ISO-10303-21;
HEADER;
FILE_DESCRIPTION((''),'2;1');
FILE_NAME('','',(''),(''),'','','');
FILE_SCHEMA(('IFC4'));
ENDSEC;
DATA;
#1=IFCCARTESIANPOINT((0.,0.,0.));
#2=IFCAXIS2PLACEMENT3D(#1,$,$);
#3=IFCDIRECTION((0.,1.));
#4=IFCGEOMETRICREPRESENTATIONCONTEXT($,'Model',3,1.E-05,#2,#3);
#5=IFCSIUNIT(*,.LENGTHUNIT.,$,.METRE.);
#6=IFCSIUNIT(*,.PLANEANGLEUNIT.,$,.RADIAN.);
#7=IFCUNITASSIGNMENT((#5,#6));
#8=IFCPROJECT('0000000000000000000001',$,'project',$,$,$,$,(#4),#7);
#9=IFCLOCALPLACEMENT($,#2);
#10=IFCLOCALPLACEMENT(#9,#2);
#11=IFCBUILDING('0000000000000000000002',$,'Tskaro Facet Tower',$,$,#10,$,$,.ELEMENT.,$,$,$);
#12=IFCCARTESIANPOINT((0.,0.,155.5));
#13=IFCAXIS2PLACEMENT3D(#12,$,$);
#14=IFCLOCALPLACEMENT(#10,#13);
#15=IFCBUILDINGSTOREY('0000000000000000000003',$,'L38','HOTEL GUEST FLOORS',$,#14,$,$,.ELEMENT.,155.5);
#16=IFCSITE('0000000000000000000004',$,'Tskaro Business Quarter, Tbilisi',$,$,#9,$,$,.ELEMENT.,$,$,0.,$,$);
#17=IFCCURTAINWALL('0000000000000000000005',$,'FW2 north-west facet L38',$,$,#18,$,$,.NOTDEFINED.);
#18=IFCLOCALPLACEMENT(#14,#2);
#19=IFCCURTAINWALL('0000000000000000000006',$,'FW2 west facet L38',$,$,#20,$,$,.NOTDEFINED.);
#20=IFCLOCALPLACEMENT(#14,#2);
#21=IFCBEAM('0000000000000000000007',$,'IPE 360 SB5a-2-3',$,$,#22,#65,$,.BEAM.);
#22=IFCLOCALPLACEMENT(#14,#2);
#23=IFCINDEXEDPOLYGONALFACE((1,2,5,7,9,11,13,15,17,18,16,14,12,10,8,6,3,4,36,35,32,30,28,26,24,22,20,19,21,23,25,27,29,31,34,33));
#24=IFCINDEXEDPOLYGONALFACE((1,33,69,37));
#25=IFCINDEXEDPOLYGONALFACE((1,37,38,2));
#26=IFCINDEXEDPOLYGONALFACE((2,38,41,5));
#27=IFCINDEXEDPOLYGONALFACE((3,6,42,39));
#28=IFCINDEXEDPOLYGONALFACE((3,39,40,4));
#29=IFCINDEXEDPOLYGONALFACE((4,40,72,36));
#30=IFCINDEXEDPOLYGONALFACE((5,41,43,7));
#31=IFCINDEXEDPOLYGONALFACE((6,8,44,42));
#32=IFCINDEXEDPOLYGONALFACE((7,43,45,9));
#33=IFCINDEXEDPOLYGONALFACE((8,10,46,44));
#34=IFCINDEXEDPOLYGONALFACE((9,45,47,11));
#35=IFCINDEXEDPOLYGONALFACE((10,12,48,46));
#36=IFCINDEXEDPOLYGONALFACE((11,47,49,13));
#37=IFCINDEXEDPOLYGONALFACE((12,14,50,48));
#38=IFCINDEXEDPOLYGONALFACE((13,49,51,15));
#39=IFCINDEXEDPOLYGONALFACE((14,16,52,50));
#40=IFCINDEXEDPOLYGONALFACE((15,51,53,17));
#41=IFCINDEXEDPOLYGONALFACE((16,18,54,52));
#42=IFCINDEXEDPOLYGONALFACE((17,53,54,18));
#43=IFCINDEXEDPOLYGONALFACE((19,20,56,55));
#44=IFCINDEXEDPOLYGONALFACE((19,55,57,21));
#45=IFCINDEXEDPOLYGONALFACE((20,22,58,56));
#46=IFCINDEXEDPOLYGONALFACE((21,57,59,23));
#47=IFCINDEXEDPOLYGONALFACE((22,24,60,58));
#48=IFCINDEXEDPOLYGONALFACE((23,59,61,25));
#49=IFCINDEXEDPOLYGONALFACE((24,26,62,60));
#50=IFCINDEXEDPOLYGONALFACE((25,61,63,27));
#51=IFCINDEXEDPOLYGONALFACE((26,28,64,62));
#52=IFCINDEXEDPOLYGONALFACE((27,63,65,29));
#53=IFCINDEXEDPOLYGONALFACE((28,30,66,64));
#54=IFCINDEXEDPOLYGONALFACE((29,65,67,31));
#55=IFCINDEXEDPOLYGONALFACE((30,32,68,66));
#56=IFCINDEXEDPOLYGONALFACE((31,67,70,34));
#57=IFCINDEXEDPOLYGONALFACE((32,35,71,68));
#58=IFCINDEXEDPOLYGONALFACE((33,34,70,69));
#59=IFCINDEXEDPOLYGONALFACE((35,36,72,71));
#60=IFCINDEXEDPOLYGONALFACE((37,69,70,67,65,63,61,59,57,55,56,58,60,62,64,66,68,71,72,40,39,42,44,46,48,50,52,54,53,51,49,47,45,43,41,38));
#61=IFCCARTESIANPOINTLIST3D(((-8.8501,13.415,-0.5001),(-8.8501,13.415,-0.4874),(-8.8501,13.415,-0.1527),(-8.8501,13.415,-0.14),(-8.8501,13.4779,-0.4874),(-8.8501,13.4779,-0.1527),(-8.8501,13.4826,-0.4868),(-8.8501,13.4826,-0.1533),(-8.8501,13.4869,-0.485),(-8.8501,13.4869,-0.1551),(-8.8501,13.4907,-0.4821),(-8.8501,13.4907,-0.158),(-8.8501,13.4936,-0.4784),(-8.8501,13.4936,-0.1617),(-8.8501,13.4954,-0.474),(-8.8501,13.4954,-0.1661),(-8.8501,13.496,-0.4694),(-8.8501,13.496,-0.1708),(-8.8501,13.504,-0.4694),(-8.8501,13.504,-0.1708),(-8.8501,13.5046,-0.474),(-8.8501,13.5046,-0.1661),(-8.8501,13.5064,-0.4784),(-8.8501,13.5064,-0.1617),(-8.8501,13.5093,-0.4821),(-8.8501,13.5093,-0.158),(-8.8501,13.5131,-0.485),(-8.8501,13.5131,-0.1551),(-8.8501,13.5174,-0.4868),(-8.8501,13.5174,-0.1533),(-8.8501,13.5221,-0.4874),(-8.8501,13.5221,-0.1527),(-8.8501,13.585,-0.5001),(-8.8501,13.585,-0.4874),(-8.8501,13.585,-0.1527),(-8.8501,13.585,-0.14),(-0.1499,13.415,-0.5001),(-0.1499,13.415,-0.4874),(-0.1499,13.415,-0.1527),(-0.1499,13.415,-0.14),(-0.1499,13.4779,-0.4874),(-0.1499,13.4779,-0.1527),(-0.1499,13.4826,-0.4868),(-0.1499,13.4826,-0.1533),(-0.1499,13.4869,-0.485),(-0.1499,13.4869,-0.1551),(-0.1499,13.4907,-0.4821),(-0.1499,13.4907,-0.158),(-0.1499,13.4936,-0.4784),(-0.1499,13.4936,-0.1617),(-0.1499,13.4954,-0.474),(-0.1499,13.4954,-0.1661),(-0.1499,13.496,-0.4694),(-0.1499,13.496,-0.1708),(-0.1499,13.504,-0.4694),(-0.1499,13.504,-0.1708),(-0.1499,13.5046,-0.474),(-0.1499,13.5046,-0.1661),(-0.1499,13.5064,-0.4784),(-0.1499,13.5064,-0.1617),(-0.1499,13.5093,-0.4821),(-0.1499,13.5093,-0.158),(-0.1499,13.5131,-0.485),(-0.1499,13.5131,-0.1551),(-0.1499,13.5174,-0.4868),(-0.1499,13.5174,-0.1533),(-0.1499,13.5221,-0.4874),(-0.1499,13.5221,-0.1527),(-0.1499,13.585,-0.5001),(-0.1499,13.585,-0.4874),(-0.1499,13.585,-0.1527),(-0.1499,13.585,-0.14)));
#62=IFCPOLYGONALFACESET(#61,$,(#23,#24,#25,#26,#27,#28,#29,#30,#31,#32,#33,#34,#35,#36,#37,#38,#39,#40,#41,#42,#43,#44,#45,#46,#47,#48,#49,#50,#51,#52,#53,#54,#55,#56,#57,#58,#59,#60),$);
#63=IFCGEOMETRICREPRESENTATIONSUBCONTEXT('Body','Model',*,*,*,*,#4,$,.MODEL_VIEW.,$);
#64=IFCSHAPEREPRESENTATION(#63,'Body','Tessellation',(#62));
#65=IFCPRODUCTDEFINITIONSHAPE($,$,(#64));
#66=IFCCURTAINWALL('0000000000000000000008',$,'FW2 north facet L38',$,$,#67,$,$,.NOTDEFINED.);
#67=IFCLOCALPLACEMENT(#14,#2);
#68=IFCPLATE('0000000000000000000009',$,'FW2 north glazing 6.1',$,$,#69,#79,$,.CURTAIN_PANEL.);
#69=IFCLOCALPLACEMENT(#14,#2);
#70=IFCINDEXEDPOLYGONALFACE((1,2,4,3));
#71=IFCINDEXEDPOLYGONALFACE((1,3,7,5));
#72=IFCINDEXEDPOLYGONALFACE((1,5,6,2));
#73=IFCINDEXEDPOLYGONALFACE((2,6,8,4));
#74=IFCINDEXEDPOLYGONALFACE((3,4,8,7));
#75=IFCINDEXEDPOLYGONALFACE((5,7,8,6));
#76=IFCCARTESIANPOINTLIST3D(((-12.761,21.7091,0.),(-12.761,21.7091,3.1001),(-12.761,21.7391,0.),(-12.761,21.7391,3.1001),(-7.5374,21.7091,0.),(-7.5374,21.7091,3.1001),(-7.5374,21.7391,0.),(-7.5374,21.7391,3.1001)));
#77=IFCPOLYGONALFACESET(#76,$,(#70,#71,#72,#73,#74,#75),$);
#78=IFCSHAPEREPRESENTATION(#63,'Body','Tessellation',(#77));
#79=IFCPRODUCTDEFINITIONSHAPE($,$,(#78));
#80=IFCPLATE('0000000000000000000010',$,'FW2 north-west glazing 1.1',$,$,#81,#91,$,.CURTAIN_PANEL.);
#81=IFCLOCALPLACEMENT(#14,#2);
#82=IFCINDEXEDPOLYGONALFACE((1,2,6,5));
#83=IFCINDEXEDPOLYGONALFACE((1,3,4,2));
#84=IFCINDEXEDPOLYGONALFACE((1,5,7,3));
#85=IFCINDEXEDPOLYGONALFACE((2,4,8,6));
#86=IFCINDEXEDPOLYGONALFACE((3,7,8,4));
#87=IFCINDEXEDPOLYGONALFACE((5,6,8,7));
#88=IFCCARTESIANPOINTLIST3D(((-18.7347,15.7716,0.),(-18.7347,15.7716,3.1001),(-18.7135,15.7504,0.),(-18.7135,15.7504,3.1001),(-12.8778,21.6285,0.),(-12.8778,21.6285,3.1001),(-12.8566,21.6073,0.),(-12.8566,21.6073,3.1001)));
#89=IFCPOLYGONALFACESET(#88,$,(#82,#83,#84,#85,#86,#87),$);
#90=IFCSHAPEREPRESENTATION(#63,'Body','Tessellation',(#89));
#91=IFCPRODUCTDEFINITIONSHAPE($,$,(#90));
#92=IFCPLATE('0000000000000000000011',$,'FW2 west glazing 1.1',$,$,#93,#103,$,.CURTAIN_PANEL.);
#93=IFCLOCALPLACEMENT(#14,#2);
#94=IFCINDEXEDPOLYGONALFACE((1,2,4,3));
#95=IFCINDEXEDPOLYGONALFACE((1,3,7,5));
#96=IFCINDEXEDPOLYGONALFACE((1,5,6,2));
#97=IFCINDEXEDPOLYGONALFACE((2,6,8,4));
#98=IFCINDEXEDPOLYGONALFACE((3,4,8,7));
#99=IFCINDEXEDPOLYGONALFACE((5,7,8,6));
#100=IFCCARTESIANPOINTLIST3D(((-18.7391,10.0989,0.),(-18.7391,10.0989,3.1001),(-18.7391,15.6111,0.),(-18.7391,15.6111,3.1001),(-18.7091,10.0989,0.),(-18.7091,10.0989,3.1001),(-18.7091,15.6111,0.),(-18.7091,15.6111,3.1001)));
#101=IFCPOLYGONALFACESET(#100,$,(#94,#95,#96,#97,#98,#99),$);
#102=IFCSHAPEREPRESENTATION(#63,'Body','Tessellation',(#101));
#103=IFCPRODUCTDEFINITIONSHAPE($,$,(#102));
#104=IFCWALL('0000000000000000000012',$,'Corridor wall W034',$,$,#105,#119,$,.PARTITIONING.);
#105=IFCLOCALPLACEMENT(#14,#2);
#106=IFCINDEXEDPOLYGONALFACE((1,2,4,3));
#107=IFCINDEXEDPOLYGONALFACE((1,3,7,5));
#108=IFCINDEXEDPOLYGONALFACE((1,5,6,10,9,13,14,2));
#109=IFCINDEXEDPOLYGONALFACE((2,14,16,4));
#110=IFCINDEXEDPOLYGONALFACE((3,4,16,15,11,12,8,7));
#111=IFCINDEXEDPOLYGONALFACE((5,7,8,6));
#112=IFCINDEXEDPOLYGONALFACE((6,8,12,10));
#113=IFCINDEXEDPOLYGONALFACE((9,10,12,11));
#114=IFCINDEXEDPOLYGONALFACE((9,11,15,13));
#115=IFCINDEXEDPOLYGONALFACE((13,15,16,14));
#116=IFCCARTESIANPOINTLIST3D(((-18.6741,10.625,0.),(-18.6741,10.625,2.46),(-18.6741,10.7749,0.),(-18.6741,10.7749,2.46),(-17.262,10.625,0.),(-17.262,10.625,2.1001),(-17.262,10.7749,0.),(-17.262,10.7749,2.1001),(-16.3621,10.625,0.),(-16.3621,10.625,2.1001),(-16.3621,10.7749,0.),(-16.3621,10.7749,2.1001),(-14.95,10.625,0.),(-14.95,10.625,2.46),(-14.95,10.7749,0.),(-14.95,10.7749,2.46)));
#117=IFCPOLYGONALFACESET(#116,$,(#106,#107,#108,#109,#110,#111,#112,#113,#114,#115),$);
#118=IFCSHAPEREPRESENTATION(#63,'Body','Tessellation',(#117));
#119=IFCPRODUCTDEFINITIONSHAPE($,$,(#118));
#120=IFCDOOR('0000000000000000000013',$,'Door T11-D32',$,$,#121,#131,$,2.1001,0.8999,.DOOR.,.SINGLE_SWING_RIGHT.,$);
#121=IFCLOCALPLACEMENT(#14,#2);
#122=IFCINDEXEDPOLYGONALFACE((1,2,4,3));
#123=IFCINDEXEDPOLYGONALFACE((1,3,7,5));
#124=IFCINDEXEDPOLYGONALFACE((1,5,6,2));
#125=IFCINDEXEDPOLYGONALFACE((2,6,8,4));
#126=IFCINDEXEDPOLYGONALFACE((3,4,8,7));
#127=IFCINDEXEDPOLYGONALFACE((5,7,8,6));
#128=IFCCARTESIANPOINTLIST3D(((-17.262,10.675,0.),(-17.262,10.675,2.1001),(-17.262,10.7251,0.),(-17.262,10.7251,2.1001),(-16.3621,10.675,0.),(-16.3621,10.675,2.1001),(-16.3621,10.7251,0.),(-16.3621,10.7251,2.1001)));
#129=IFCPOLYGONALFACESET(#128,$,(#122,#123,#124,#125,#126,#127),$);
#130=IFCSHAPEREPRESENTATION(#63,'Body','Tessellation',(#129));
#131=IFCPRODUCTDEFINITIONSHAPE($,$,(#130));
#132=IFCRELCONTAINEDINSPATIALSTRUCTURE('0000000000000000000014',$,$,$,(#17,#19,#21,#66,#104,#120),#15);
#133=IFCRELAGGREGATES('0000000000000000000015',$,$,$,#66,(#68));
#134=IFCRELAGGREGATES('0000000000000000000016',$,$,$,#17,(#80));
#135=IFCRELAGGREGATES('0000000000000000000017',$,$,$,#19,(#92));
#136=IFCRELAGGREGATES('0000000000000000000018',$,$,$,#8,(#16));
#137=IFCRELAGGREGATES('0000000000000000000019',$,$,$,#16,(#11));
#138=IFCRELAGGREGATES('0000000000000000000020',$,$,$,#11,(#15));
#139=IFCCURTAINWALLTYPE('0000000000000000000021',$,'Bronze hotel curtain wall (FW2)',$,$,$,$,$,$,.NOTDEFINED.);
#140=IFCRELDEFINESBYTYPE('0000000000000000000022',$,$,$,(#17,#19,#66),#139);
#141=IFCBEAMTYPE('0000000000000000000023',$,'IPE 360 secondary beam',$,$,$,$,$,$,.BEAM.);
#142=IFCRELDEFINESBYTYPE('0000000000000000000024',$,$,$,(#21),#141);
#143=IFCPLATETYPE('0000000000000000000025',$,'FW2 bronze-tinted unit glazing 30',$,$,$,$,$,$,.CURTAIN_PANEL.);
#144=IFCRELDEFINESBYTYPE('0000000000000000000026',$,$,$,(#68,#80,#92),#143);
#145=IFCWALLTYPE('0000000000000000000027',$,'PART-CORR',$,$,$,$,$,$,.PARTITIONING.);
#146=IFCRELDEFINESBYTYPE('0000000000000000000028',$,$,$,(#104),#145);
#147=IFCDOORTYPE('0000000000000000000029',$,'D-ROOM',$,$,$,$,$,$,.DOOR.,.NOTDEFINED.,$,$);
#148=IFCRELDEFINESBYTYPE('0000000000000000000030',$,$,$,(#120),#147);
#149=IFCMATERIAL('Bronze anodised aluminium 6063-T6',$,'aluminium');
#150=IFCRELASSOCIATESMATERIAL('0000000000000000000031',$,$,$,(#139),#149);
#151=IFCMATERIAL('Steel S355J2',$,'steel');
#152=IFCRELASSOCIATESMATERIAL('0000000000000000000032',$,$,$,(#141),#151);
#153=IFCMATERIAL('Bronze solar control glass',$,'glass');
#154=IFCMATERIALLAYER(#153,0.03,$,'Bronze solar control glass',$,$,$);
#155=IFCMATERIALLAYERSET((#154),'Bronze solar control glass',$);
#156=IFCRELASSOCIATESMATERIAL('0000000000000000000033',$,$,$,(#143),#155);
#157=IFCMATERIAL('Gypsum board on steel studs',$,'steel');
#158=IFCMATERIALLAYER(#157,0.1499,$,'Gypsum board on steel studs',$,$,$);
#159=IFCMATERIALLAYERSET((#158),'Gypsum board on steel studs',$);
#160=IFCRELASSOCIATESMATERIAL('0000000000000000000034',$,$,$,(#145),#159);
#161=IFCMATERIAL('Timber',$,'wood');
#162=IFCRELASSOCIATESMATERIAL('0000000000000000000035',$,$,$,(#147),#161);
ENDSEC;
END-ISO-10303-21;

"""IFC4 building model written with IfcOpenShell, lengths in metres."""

from ifc_helpers import new_model, si_unit, direction, frame, frame_2d, origin, origin_2d, place, context, subcontext, project, spatial, rectangle, i_section, extrude, material, layer, layer_set, material_profile, profile_set, type_object, element, fill, aggregate, save


model = new_model("IFC4")

# Units and contexts
model_context = context("Model", 3, precision=1e-05, world=origin(), true_north=direction((0.0, 1.0)))
body_context = subcontext(model_context, "Body", "Model", "MODEL_VIEW")
ifc_project = project(units=[si_unit("LENGTHUNIT", "METRE"), si_unit("PLANEANGLEUNIT", "RADIAN")], contexts=[model_context])

# Site, building, storey
site_placement = place(None, origin())
site = spatial("IfcSite", under=ifc_project, at=site_placement, Name="Tskaro Business Quarter, Tbilisi", CompositionType="ELEMENT", RefElevation=0.0)
building_placement = place(site_placement, origin())
building = spatial("IfcBuilding", under=site, at=building_placement, Name="Tskaro Facet Tower", CompositionType="ELEMENT")
storey_placement = place(building_placement, frame((0.0, 0.0, 155.5)))
storey = spatial("IfcBuildingStorey", under=building, at=storey_placement, Name="L38", Description="HOTEL GUEST FLOORS", CompositionType="ELEMENT", Elevation=155.5)

# Curtain walls
ifc_material_1 = material(Name="Bronze anodised aluminium 6063-T6", Category="aluminium")
curtain_wall_type = type_object("IfcCurtainWallType", Name="Bronze hotel curtain wall (FW2)", PredefinedType="NOTDEFINED", material=ifc_material_1)
curtain_wall_1_placement = place(storey_placement, origin())
curtain_wall_1 = element("IfcCurtainWall", 1, at=curtain_wall_1_placement, inside=storey, type_object=curtain_wall_type, Name="FW2 north-west facet L38", PredefinedType="NOTDEFINED")
curtain_wall_2_placement = place(storey_placement, origin())
curtain_wall_2 = element("IfcCurtainWall", 2, at=curtain_wall_2_placement, inside=storey, type_object=curtain_wall_type, Name="FW2 west facet L38", PredefinedType="NOTDEFINED")

# Beam
ifc_material_2 = material(Name="Steel S355J2", Category="steel")
ifc_material_profile_1 = material_profile(ifc_material_2, i_section(OverallWidth=0.1699, OverallDepth=0.3601, WebThickness=0.0081, FlangeThickness=0.0127, FilletRadius=0.0181, at=origin_2d()), Name="IPE 360")
ifc_profile_set_1 = profile_set([ifc_material_profile_1], Name="Steel S355J2")
beam_type_1 = type_object("IfcBeamType", Name="IPE 360 secondary beam", PredefinedType="BEAM", material=ifc_profile_set_1)
beam_1_placement = place(storey_placement, frame((-8.8501, 13.5, -0.3201), z_axis=(1.0, 0.0, 0.0), x_axis=(0.0, 1.0, 0.0)))
element("IfcBeam", 3, at=beam_1_placement, inside=storey, type_object=beam_type_1, Name="IPE 360 SB5a-2-3", PredefinedType="BEAM", context=body_context, shape_type="SweptSolid", body=[
    extrude(i_section(OverallWidth=0.1699, OverallDepth=0.3601, WebThickness=0.0081, FlangeThickness=0.0127, FilletRadius=0.0181, at=origin_2d()), origin(), (0.0, 0.0, 1.0), 8.7002),
])

# Curtain wall, plate
curtain_wall_3_placement = place(storey_placement, origin())
curtain_wall_3 = element("IfcCurtainWall", 4, at=curtain_wall_3_placement, inside=storey, type_object=curtain_wall_type, Name="FW2 north facet L38", PredefinedType="NOTDEFINED")
ifc_material_3 = material(Name="Bronze solar control glass", Category="glass")
ifc_layer_1 = layer(ifc_material_3, 0.03, Name="Bronze solar control glass")
ifc_layer_set_1 = layer_set([ifc_layer_1], Name="Bronze solar control glass")
plate_type = type_object("IfcPlateType", Name="FW2 bronze-tinted unit glazing 30", PredefinedType="CURTAIN_PANEL", material=ifc_layer_set_1)
plate_1_placement = place(storey_placement, frame((-10.1492, 21.7241, 0.0), z_axis=(0.0, 0.0, 1.0), x_axis=(-1.0, 0.0, 0.0)))
plate_1 = element("IfcPlate", 5, at=plate_1_placement, type_object=plate_type, Name="FW2 north glazing 6.1", PredefinedType="CURTAIN_PANEL", context=body_context, shape_type="SweptSolid", body=[
    extrude(rectangle(XDim=5.2236, YDim=0.03, at=origin_2d()), origin(), (0.0, 0.0, 1.0), 3.1001),
])
aggregate(curtain_wall_3, [plate_1])

# Plates
plate_2_placement = place(storey_placement, frame((-15.7957, 18.6895, 0.0), z_axis=(0.0, 0.0, 1.0), x_axis=(-0.707107, -0.707107, 0.0)))
plate_2 = element("IfcPlate", 6, at=plate_2_placement, type_object=plate_type, Name="FW2 north-west glazing 1.1", PredefinedType="CURTAIN_PANEL", context=body_context, shape_type="SweptSolid", body=[
    extrude(rectangle(XDim=8.283, YDim=0.03, at=origin_2d()), origin(), (0.0, 0.0, 1.0), 3.1001),
])
aggregate(curtain_wall_1, [plate_2])
plate_3_placement = place(storey_placement, frame((-18.7241, 12.855, 0.0), z_axis=(0.0, 0.0, 1.0), x_axis=(0.0, -1.0, 0.0)))
plate_3 = element("IfcPlate", 7, at=plate_3_placement, type_object=plate_type, Name="FW2 west glazing 1.1", PredefinedType="CURTAIN_PANEL", context=body_context, shape_type="SweptSolid", body=[
    extrude(rectangle(XDim=5.5122, YDim=0.03, at=origin_2d()), origin(), (0.0, 0.0, 1.0), 3.1001),
])
aggregate(curtain_wall_2, [plate_3])

# Wall, opening, door
ifc_material_4 = material(Name="Gypsum board on steel studs", Category="steel")
ifc_layer_2 = layer(ifc_material_4, 0.1499, Name="Gypsum board on steel studs")
ifc_layer_set_2 = layer_set([ifc_layer_2], Name="Gypsum board on steel studs")
wall_type_1 = type_object("IfcWallType", Name="PART-CORR", PredefinedType="PARTITIONING", material=ifc_layer_set_2)
wall_1_placement = place(storey_placement, frame((-14.95, 10.7, 0.0), z_axis=(0.0, 0.0, 1.0), x_axis=(-1.0, 0.0, 0.0)))
wall_1 = element("IfcWall", 8, at=wall_1_placement, inside=storey, type_object=wall_type_1, Name="Corridor wall W034", PredefinedType="PARTITIONING", context=body_context, shape_type="SweptSolid", body=[
    extrude(rectangle(XDim=3.7241, YDim=0.1499, at=frame_2d((1.8621, 0.0))), origin(), (0.0, 0.0, 1.0), 2.46),
])
opening_1_placement = place(wall_1_placement, frame((1.4121, 0.0, 0.0)))
opening_1 = element("IfcOpeningElement", 9, at=opening_1_placement, cuts=wall_1, PredefinedType="OPENING", context=body_context, shape_type="SweptSolid", body=[
    extrude(rectangle(XDim=0.8999, YDim=2.1001, at=frame_2d((0.45, 1.05))), frame((0.0, 0.085, 0.0), z_axis=(0.0, -1.0, 0.0), x_axis=(1.0, 0.0, 0.0)), (0.0, 0.0, 1.0), 0.1699),
])
ifc_material_5 = material(Name="Timber", Category="wood")
door_type_1 = type_object("IfcDoorType", Name="D-ROOM", OperationType="NOTDEFINED", PredefinedType="DOOR", material=ifc_material_5)
door_1_placement = place(opening_1_placement, origin())
door_1 = element("IfcDoor", 10, at=door_1_placement, inside=storey, type_object=door_type_1, Name="Door T11-D32", OperationType="SINGLE_SWING_RIGHT", OverallHeight=2.1001, OverallWidth=0.8999, PredefinedType="DOOR", context=body_context, shape_type="SweptSolid", body=[
    extrude(rectangle(XDim=0.8999, YDim=2.1001, at=frame_2d((0.45, 1.05))), frame((0.0, 0.0249, 0.0), z_axis=(0.0, -1.0, 0.0), x_axis=(1.0, 0.0, 0.0)), (0.0, 0.0, 1.0), 0.05),
])
fill(opening_1, door_1)

save(model, "model.ifc")
